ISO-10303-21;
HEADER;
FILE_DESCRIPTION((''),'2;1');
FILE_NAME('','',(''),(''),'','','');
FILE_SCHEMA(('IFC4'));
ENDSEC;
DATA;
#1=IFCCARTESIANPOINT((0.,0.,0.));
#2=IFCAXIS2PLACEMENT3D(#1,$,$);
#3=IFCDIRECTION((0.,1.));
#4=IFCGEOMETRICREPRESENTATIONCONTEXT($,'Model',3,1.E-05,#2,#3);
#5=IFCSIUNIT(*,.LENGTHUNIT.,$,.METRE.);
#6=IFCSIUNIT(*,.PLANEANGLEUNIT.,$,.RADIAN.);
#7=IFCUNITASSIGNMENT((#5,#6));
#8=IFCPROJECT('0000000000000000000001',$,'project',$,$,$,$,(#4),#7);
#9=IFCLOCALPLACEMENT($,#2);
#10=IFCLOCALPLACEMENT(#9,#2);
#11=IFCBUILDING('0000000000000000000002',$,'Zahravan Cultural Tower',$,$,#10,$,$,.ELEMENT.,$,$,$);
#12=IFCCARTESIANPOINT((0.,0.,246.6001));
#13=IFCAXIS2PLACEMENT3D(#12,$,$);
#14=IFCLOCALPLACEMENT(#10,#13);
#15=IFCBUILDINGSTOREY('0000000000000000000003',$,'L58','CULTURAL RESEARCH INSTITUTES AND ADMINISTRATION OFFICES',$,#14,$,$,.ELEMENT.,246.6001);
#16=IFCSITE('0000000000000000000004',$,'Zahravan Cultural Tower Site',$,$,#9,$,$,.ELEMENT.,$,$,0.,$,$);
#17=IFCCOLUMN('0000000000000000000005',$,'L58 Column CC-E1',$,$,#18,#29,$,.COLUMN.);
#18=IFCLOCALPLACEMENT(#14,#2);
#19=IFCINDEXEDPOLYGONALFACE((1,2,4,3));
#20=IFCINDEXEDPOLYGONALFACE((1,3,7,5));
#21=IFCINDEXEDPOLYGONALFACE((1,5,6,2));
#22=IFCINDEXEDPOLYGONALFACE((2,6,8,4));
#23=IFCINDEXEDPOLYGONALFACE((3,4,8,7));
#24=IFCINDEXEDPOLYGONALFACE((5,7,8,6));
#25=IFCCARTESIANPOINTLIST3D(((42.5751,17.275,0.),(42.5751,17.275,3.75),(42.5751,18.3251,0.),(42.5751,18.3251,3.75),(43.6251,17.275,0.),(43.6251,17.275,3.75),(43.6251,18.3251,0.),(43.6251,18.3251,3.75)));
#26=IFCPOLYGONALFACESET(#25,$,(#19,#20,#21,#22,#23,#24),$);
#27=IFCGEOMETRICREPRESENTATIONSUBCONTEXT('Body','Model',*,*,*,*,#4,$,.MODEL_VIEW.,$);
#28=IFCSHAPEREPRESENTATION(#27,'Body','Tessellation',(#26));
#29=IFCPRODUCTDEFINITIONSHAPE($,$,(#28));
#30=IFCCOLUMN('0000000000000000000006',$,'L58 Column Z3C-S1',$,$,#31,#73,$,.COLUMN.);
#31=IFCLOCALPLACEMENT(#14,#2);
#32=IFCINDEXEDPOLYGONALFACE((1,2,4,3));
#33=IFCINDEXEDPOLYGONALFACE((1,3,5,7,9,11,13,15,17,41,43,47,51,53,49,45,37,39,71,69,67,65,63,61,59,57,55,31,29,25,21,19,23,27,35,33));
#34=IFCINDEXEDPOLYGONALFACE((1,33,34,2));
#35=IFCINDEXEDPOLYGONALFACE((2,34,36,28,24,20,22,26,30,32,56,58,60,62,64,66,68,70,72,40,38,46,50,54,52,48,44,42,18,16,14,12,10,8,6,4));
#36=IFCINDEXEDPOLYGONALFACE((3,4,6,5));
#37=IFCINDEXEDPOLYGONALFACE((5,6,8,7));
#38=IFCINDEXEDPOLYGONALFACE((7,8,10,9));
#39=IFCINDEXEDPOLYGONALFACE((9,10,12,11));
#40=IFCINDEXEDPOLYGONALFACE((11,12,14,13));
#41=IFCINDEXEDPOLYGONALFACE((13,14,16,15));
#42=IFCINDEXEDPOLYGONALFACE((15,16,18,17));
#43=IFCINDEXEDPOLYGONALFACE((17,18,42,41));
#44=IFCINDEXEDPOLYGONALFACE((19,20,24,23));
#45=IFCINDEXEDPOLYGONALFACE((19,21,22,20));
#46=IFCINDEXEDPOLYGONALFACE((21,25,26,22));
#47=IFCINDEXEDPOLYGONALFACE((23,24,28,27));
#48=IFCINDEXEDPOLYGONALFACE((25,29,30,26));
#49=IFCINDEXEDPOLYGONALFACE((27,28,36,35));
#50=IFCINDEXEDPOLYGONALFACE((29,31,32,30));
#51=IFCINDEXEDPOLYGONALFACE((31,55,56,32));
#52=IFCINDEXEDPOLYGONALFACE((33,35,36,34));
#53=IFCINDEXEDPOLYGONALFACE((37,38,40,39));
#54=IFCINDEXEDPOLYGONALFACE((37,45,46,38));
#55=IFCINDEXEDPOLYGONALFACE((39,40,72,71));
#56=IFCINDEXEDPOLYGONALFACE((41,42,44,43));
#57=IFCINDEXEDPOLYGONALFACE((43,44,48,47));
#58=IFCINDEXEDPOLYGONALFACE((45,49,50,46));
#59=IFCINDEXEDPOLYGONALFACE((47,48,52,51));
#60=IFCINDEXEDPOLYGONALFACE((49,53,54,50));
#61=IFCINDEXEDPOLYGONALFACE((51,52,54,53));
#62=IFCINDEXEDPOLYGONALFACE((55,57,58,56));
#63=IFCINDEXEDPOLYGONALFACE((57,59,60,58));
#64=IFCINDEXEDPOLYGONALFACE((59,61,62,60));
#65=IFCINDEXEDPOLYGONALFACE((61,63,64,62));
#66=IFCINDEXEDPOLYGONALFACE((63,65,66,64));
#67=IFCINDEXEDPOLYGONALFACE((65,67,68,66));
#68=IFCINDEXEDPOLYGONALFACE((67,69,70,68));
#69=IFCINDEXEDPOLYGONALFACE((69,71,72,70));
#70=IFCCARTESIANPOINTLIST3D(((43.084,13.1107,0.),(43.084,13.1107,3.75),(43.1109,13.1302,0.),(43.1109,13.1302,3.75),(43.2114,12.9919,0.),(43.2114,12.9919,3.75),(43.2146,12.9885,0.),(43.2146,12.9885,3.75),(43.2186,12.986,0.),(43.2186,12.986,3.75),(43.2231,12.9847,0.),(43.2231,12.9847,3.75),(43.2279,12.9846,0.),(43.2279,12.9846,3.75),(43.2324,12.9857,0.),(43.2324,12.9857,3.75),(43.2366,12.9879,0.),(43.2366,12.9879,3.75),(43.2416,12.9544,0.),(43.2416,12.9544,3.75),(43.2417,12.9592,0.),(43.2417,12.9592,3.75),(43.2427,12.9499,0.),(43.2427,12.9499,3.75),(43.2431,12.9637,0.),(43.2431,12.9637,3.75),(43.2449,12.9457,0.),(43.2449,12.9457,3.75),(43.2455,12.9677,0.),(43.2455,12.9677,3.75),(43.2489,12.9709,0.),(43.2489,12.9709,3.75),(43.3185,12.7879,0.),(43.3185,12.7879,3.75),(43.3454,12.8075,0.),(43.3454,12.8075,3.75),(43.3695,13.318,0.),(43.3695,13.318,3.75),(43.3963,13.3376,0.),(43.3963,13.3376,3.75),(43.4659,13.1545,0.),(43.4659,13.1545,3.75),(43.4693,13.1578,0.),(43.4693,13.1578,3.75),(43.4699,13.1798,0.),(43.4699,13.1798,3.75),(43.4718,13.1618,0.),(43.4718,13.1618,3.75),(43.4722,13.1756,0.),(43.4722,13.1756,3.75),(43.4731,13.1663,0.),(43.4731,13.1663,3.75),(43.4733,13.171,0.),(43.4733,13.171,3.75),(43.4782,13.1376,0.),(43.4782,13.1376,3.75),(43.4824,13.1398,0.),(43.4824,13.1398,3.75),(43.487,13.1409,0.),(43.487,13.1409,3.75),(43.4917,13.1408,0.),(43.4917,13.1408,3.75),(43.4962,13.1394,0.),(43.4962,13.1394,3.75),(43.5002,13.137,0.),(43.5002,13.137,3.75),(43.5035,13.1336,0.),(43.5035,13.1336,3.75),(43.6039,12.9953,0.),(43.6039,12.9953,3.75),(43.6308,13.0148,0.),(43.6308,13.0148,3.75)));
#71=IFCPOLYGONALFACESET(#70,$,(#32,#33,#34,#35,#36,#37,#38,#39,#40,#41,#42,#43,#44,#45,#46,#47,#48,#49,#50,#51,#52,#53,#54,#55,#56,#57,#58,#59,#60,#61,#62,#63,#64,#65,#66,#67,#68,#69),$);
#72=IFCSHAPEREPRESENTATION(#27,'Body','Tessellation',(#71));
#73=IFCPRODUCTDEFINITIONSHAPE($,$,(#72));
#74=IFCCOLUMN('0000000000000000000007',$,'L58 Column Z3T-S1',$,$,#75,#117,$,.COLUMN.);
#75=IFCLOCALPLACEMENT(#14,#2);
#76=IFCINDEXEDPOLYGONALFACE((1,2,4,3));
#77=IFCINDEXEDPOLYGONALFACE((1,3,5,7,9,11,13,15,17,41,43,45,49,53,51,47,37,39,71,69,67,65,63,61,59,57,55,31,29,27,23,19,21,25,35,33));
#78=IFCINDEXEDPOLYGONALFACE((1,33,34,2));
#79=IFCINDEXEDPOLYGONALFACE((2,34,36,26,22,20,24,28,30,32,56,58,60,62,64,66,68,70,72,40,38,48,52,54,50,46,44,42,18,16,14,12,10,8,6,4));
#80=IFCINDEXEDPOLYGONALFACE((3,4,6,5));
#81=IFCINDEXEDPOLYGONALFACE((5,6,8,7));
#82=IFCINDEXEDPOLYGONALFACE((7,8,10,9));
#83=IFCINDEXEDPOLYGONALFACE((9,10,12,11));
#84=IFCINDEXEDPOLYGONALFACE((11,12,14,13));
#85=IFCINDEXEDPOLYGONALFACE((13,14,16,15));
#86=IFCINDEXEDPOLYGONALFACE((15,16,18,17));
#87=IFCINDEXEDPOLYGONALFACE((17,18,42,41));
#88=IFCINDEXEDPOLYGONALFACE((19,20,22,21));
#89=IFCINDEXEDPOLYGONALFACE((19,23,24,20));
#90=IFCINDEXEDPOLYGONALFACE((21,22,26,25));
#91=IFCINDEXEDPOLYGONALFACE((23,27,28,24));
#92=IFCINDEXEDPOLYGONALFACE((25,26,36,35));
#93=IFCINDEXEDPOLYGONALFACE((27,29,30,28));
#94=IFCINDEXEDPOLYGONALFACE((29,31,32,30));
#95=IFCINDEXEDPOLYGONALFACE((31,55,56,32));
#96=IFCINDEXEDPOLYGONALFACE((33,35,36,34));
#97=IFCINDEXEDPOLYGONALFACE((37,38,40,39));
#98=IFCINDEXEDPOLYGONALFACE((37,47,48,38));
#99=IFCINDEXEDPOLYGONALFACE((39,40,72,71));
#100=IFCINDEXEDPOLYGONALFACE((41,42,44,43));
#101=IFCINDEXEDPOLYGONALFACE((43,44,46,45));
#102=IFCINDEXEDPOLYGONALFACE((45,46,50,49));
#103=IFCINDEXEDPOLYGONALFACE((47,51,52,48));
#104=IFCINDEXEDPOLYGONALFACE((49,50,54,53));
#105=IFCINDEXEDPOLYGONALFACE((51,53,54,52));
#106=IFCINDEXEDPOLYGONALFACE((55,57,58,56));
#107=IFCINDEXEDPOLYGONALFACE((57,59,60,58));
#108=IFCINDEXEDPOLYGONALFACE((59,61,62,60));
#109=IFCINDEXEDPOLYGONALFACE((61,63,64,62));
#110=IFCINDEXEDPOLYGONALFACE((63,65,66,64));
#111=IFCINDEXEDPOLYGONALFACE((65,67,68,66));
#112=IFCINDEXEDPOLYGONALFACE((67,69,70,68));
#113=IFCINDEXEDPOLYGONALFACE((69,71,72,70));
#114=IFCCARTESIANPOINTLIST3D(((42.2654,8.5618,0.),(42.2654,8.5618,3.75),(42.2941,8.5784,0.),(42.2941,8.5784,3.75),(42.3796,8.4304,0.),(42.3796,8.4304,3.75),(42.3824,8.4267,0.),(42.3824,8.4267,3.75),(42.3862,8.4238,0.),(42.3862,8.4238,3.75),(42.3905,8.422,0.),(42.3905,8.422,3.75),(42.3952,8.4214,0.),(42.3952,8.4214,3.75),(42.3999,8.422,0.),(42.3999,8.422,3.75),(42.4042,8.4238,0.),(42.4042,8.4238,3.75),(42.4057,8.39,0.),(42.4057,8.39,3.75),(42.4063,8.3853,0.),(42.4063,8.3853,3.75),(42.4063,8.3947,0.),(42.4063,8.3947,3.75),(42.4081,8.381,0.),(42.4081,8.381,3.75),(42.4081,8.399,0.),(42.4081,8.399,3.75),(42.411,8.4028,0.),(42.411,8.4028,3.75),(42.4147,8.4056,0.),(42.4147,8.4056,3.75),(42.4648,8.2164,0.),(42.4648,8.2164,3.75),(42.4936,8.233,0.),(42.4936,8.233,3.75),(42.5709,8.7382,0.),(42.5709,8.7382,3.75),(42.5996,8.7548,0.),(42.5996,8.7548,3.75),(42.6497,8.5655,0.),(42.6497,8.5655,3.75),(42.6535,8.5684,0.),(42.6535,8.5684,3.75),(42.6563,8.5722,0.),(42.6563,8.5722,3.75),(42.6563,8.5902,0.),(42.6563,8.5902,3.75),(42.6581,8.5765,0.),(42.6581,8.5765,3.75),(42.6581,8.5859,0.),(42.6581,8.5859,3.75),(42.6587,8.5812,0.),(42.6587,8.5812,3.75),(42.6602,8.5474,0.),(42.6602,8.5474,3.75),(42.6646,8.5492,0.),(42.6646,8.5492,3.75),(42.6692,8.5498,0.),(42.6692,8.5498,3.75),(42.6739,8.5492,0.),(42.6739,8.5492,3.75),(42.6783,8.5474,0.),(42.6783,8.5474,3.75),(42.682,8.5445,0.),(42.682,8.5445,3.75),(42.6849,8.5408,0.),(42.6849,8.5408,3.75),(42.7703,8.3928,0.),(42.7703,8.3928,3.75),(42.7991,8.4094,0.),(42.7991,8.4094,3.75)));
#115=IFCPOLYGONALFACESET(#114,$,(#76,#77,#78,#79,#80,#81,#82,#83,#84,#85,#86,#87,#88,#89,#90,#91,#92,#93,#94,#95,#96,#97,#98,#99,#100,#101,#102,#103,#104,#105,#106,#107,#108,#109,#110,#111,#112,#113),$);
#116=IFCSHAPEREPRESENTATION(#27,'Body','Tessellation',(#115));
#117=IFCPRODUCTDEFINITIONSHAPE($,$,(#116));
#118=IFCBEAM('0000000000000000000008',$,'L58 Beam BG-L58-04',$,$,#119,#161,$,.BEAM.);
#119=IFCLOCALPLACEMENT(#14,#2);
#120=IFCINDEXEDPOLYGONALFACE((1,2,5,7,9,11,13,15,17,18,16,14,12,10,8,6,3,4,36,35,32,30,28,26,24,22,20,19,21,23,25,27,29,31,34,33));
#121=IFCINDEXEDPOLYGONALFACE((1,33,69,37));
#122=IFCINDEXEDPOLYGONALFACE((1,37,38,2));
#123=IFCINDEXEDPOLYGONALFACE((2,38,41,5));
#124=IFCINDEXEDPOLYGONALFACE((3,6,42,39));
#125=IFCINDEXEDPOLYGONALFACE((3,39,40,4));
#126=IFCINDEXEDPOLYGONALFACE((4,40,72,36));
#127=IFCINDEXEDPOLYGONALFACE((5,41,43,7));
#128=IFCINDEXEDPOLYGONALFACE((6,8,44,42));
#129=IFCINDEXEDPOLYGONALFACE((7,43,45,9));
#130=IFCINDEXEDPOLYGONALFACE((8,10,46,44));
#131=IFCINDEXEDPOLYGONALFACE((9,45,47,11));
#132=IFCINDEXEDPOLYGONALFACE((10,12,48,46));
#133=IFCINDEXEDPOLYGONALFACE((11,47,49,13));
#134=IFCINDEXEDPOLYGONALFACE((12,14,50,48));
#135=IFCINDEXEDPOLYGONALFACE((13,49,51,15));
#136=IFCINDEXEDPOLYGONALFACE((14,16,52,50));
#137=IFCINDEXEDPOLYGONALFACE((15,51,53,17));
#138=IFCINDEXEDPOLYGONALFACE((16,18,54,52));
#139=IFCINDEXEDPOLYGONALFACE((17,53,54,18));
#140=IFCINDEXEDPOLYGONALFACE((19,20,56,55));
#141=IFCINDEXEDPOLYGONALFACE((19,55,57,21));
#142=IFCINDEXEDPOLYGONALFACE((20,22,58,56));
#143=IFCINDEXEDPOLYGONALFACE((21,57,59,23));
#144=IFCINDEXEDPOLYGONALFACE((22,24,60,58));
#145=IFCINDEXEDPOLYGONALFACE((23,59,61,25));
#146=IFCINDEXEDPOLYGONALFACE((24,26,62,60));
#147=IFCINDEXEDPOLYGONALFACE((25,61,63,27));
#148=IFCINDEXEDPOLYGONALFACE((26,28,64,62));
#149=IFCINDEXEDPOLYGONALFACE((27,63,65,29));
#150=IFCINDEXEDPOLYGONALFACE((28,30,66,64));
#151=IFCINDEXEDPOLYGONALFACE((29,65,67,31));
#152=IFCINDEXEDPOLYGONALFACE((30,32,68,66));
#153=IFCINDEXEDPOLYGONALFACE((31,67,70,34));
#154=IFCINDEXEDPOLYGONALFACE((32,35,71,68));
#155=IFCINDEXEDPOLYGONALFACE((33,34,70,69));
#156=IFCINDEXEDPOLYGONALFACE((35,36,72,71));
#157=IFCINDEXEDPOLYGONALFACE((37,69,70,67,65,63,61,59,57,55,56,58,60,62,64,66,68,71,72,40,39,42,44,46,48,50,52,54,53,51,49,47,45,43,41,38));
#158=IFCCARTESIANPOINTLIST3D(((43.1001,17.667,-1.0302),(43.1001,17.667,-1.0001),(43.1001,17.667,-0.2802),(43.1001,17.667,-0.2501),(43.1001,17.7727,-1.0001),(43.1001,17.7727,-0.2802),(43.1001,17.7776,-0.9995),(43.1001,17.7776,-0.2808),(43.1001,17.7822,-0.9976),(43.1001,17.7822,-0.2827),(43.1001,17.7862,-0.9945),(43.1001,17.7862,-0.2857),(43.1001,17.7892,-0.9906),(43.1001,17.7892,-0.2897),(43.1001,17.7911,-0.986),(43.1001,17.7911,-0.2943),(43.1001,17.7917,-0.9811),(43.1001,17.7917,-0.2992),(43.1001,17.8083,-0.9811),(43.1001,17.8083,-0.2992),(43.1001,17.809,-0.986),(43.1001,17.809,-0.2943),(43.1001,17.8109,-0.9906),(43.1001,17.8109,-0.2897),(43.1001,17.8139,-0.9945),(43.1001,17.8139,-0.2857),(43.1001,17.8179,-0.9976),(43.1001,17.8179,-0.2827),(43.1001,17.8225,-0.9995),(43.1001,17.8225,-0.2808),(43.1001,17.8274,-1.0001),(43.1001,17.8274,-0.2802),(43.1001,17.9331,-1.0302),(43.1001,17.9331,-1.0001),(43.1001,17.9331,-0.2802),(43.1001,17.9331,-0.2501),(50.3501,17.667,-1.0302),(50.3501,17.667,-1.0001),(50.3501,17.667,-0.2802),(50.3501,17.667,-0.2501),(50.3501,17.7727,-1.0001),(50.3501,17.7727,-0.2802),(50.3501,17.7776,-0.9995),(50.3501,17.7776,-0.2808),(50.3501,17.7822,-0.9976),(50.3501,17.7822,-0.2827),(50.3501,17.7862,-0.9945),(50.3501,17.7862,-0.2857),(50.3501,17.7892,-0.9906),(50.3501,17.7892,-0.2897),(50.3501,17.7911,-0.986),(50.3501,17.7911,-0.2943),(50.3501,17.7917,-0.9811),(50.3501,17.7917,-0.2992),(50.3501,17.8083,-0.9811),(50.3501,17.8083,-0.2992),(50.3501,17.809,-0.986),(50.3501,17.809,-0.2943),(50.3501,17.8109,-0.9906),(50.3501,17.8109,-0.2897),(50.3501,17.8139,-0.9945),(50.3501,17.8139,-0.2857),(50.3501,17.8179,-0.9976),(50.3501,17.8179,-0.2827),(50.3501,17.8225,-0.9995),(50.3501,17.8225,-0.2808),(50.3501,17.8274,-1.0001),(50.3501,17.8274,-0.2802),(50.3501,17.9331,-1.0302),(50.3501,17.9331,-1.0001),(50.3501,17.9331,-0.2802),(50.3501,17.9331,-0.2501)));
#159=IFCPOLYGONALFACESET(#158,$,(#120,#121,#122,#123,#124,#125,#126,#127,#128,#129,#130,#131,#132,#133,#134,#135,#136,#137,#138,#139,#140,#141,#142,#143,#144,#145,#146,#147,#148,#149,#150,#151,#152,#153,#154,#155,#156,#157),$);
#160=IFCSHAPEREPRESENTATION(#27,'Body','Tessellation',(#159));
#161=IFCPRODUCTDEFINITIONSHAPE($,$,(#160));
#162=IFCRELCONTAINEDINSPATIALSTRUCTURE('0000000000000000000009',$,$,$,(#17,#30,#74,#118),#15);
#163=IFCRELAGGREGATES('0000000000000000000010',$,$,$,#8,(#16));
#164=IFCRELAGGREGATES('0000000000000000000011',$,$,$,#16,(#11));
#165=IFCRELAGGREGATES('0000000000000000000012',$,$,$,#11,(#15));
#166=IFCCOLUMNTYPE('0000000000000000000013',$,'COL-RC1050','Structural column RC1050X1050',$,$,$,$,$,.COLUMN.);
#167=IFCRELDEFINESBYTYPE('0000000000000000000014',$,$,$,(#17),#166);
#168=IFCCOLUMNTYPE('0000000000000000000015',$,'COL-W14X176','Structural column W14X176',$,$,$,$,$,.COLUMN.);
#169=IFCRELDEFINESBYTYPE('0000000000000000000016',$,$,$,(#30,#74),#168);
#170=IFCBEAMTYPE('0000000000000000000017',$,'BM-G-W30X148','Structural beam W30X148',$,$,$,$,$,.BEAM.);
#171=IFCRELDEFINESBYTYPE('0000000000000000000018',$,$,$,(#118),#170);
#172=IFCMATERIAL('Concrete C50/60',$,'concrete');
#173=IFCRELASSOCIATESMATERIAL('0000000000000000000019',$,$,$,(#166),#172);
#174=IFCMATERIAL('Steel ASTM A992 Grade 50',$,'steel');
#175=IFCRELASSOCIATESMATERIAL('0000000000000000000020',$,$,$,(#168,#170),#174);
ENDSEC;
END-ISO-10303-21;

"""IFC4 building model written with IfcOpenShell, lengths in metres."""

from ifc_helpers import new_model, si_unit, direction, frame, origin, origin_2d, place, context, subcontext, project, spatial, rectangle, i_section, extrude, source, transform, mapped, material, material_profile, profile_set, type_object, element, save


model = new_model("IFC4")

# Units and contexts
model_context = context("Model", 3, precision=1e-05, world=origin(), true_north=direction((0.0, 1.0)))
body_context = subcontext(model_context, "Body", "Model", "MODEL_VIEW")
ifc_project = project(units=[si_unit("LENGTHUNIT", "METRE"), si_unit("PLANEANGLEUNIT", "RADIAN")], contexts=[model_context])

# Site, building, storey
site_placement = place(None, origin())
site = spatial("IfcSite", under=ifc_project, at=site_placement, Name="Zahravan Cultural Tower Site", CompositionType="ELEMENT", RefElevation=0.0)
building_placement = place(site_placement, origin())
building = spatial("IfcBuilding", under=site, at=building_placement, Name="Zahravan Cultural Tower", CompositionType="ELEMENT")
storey_placement = place(building_placement, frame((0.0, 0.0, 246.6001)))
storey = spatial("IfcBuildingStorey", under=building, at=storey_placement, Name="L58", Description="CULTURAL RESEARCH INSTITUTES AND ADMINISTRATION OFFICES", CompositionType="ELEMENT", Elevation=246.6001)

# Columns
ifc_material_1 = material(Name="Concrete C50/60", Category="concrete")
ifc_material_profile_1 = material_profile(ifc_material_1, rectangle(XDim=1.05, YDim=1.05, at=origin_2d()), Name="RC1050X1050")
ifc_profile_set_1 = profile_set([ifc_material_profile_1], Name="Concrete C50/60")
column_type_1 = type_object("IfcColumnType", Name="COL-RC1050", Description="Structural column RC1050X1050", PredefinedType="COLUMN", material=ifc_profile_set_1)
shared_shape_1 = source(origin(), body_context, "Body", "SweptSolid", [
    extrude(rectangle(XDim=1.05, YDim=1.05, at=origin_2d()), origin(), (0.0, 0.0, 1.0), 3.75),
])
column_placement = place(storey_placement, frame((43.1001, 17.8, 0.0), z_axis=(0.0, 0.0, 1.0), x_axis=(1.0, 0.0, 0.0)))
element("IfcColumn", 1, at=column_placement, inside=storey, type_object=column_type_1, Name="L58 Column CC-E1", PredefinedType="COLUMN", context=body_context, shape_type="MappedRepresentation", body=[
    mapped(shared_shape_1, transform((0.0, 0.0, 0.0), x_axis=(1.0, 0.0, 0.0), y_axis=(0.0, 1.0, 0.0), z_axis=(0.0, 0.0, 1.0), scale=1.0)),
])
ifc_material_2 = material(Name="Steel ASTM A992 Grade 50", Category="steel")
ifc_material_profile_2 = material_profile(ifc_material_2, i_section(OverallWidth=0.3989, OverallDepth=0.386, WebThickness=0.021, FlangeThickness=0.0332, FilletRadius=0.0181, at=origin_2d()), Name="W14X176")
ifc_profile_set_2 = profile_set([ifc_material_profile_2], Name="Steel ASTM A992 Grade 50")
column_type_2 = type_object("IfcColumnType", Name="COL-W14X176", Description="Structural column W14X176", PredefinedType="COLUMN", material=ifc_profile_set_2)
shared_shape_2 = source(origin(), body_context, "Body", "SweptSolid", [
    extrude(i_section(OverallWidth=0.3989, OverallDepth=0.386, WebThickness=0.021, FlangeThickness=0.0332, FilletRadius=0.0181, at=origin_2d()), origin(), (0.0, 0.0, 1.0), 3.75),
])
for number, where, z_axis, x_axis, name in (
    (2, (43.3574, 13.0627, 0.0), (0.0, 0.0, 1.0), (-0.587785, 0.809017, 0.0), "L58 Column Z3C-S1"),
    (3, (42.5322, 8.4856, 0.0), (0.0, 0.0, 1.0), (-0.5, 0.866025, 0.0), "L58 Column Z3T-S1"),
):
    element("IfcColumn", number, at=place(storey_placement, frame(where, z_axis=z_axis, x_axis=x_axis)), inside=storey, type_object=column_type_2, Name=name, PredefinedType="COLUMN", context=body_context, shape_type="MappedRepresentation", body=[
        mapped(shared_shape_2, transform((0.0, 0.0, 0.0), x_axis=(1.0, 0.0, 0.0), y_axis=(0.0, 1.0, 0.0), z_axis=(0.0, 0.0, 1.0), scale=1.0)),
    ])

# Beam
ifc_material_profile_3 = material_profile(ifc_material_2, i_section(OverallWidth=0.2661, OverallDepth=0.78, WebThickness=0.0166, FlangeThickness=0.03, FilletRadius=0.019, at=origin_2d()), Name="W30X148")
ifc_profile_set_3 = profile_set([ifc_material_profile_3], Name="Steel ASTM A992 Grade 50")
beam_type_1 = type_object("IfcBeamType", Name="BM-G-W30X148", Description="Structural beam W30X148", PredefinedType="BEAM", material=ifc_profile_set_3)
shared_shape_3 = source(origin(), body_context, "Body", "SweptSolid", [
    extrude(i_section(OverallWidth=0.2661, OverallDepth=0.78, WebThickness=0.0166, FlangeThickness=0.03, FilletRadius=0.019, at=origin_2d()), origin(), (0.0, 0.0, 1.0), 7.25),
])
beam_1_placement = place(storey_placement, frame((43.1001, 17.8, -0.6401), z_axis=(1.0, 0.0, 0.0), x_axis=(0.0, 1.0, 0.0)))
element("IfcBeam", 4, at=beam_1_placement, inside=storey, type_object=beam_type_1, Name="L58 Beam BG-L58-04", PredefinedType="BEAM", context=body_context, shape_type="MappedRepresentation", body=[
    mapped(shared_shape_3, transform((0.0, 0.0, 0.0), x_axis=(1.0, 0.0, 0.0), y_axis=(0.0, 1.0, 0.0), z_axis=(0.0, 0.0, 1.0), scale=1.0)),
])

save(model, "model.ifc")
